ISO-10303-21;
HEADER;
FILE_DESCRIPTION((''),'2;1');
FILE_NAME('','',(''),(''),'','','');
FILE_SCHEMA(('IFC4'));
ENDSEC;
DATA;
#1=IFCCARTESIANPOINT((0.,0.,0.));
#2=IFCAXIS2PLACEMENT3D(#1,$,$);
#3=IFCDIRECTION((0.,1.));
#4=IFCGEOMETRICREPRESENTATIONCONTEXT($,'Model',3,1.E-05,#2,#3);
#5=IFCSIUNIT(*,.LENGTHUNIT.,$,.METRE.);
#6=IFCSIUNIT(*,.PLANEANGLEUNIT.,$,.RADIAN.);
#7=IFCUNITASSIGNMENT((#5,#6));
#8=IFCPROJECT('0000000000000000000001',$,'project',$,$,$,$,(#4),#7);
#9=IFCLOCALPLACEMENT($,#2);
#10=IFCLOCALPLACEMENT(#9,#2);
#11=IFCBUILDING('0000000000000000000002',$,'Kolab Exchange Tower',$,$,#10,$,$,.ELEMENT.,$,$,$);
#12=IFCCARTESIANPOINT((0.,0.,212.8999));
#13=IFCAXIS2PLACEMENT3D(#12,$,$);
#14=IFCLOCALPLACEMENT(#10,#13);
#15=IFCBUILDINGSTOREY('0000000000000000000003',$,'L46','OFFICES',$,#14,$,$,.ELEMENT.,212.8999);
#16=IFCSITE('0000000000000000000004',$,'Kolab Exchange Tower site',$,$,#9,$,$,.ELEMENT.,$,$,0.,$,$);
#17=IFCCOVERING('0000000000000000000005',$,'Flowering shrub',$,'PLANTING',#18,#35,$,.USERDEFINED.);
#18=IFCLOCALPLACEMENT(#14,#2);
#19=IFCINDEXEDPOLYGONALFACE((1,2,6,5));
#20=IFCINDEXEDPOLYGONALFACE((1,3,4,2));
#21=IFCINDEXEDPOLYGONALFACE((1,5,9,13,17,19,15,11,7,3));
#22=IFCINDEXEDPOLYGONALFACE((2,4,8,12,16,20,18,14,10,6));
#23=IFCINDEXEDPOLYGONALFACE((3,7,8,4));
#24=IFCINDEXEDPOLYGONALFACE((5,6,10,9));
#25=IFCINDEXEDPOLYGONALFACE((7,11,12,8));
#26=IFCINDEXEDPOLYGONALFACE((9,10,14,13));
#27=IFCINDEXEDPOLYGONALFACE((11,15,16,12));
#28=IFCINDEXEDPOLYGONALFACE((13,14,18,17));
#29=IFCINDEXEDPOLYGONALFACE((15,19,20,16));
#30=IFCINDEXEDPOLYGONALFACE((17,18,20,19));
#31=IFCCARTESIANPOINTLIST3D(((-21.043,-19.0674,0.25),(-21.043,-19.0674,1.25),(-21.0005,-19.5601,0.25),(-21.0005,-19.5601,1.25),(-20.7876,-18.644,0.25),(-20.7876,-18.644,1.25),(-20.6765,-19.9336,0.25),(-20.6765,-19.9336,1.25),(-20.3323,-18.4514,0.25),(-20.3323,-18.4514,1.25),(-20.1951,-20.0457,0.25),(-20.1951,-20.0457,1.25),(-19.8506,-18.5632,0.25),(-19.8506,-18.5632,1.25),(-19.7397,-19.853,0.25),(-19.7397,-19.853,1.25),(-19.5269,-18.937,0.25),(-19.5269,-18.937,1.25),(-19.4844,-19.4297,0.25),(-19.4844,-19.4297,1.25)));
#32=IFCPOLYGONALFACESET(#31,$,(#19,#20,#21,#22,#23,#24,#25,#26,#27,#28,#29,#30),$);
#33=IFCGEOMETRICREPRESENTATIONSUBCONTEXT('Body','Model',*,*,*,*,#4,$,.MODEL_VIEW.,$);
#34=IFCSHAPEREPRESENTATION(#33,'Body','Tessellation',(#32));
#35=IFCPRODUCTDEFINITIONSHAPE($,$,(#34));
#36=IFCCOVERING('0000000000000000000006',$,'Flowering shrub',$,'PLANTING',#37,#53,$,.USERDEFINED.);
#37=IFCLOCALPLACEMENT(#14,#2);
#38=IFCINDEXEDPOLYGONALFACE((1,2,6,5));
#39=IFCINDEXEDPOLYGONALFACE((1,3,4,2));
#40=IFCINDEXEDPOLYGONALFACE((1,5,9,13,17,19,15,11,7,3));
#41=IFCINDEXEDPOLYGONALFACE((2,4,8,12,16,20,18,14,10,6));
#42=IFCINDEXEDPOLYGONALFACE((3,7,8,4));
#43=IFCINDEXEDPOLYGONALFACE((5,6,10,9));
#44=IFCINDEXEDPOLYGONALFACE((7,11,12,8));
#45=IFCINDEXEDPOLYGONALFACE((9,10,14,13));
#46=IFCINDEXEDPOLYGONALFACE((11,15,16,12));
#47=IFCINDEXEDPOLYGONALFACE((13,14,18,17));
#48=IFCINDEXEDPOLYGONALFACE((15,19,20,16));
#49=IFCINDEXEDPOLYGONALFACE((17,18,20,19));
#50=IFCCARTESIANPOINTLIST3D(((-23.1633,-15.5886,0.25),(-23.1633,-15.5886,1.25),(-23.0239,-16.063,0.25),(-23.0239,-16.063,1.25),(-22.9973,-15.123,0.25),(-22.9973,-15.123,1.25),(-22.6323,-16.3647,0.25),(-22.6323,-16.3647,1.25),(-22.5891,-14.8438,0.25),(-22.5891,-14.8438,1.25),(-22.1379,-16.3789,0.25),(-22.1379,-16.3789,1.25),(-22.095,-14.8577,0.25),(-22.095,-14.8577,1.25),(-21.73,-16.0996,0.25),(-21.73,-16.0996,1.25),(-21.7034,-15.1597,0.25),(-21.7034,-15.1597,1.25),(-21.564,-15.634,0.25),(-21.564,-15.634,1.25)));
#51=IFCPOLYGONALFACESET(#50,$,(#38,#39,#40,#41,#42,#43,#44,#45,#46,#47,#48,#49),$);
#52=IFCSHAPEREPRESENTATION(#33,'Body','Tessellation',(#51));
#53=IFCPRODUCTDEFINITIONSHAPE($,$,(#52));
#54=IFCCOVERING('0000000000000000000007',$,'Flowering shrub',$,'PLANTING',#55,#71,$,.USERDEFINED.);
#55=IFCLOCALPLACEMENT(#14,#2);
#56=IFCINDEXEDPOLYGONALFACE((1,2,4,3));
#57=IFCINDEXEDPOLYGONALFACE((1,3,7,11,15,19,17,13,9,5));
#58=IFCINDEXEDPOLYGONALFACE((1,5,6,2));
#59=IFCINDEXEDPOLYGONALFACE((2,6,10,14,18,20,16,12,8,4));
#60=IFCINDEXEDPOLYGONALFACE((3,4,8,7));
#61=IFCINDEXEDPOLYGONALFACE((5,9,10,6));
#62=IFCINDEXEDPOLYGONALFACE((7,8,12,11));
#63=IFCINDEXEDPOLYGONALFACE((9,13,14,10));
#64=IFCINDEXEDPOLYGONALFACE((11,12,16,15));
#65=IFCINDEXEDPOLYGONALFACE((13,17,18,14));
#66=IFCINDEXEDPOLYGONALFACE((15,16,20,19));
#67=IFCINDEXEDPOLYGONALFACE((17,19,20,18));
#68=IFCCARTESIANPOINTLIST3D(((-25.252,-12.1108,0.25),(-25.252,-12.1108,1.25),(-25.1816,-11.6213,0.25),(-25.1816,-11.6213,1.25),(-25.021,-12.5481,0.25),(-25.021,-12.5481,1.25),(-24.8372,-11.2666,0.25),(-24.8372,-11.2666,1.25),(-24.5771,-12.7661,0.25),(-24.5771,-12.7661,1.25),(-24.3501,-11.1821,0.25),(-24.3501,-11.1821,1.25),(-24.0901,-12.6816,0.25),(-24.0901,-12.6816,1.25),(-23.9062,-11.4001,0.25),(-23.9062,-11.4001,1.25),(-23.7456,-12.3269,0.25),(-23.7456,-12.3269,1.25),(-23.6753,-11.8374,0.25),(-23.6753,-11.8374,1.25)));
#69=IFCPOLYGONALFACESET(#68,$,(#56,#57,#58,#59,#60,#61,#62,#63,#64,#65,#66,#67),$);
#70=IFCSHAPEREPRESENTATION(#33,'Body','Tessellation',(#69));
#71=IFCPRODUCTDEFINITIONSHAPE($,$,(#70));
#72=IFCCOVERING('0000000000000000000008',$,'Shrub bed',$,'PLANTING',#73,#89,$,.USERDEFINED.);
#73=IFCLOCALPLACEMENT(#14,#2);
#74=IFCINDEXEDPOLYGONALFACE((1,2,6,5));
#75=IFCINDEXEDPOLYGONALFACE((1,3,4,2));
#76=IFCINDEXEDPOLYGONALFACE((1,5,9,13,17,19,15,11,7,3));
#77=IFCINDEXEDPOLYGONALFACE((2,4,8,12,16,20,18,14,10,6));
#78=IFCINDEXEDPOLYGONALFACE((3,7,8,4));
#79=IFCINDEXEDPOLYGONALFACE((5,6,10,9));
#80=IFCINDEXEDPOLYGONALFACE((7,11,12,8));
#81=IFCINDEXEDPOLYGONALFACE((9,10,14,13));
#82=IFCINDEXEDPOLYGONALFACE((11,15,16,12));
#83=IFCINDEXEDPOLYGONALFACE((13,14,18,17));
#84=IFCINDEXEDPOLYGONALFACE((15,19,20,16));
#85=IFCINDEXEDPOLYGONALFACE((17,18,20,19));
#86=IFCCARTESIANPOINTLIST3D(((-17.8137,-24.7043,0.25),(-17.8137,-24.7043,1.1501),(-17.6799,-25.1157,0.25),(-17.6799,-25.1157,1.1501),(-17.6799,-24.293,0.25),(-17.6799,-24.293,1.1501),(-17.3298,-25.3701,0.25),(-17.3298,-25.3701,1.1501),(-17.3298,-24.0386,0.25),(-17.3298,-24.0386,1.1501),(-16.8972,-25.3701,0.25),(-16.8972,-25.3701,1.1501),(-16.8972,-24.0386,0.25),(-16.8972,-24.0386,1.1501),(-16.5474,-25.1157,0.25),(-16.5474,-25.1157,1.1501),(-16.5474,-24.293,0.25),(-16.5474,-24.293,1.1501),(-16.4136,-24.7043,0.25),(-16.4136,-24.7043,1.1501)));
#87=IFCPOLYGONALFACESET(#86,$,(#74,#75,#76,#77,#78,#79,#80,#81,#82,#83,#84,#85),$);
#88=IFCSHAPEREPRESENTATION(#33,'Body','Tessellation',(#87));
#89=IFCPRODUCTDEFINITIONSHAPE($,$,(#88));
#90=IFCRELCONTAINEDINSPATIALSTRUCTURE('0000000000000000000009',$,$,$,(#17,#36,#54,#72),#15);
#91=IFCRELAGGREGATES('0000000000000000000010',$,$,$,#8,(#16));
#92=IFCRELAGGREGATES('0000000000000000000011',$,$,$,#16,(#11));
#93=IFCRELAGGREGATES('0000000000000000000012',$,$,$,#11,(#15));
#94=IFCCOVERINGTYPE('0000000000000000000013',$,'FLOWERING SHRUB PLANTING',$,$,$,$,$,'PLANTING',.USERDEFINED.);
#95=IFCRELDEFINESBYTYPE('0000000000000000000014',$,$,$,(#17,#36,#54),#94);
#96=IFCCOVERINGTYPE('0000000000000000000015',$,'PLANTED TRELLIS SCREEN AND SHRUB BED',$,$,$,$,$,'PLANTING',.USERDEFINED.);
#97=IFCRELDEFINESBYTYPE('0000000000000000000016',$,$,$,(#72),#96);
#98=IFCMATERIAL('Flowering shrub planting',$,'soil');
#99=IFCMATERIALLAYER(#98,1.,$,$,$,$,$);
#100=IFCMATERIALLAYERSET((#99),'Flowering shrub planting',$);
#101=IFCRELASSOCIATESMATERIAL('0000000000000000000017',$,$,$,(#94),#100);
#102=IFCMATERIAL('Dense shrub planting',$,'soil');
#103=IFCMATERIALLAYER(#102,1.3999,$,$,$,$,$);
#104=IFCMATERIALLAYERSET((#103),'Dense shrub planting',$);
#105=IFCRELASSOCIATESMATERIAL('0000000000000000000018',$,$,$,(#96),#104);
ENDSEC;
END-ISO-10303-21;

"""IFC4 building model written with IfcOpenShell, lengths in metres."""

from ifc_helpers import new_model, si_unit, direction, frame, origin, place, context, subcontext, project, spatial, polyline, outline, extrude, material, layer, layer_set, type_object, element, save


model = new_model("IFC4")

# Units and contexts
model_context = context("Model", 3, precision=1e-05, world=origin(), true_north=direction((0.0, 1.0)))
body_context = subcontext(model_context, "Body", "Model", "MODEL_VIEW")
ifc_project = project(units=[si_unit("LENGTHUNIT", "METRE"), si_unit("PLANEANGLEUNIT", "RADIAN")], contexts=[model_context])

# Site, building, storey
site_placement = place(None, origin())
site = spatial("IfcSite", under=ifc_project, at=site_placement, Name="Kolab Exchange Tower site", CompositionType="ELEMENT", RefElevation=0.0)
building_placement = place(site_placement, origin())
building = spatial("IfcBuilding", under=site, at=building_placement, Name="Kolab Exchange Tower", CompositionType="ELEMENT")
storey_placement = place(building_placement, frame((0.0, 0.0, 212.8999)))
storey = spatial("IfcBuildingStorey", under=building, at=storey_placement, Name="L46", Description="OFFICES", CompositionType="ELEMENT", Elevation=212.8999)

# Coverings
ifc_material_1 = material(Name="Flowering shrub planting", Category="soil")
ifc_layer_1 = layer(ifc_material_1, 1.0)
ifc_layer_set_1 = layer_set([ifc_layer_1], Name="Flowering shrub planting")
covering_type_1 = type_object("IfcCoveringType", Name="FLOWERING SHRUB PLANTING", ElementType="PLANTING", PredefinedType="USERDEFINED", material=ifc_layer_set_1)
covering_1_placement = place(storey_placement, frame((0.0, 0.0, 0.25)))
element("IfcCovering", 1, at=covering_1_placement, inside=storey, type_object=covering_type_1, Name="Flowering shrub", ObjectType="PLANTING", PredefinedType="USERDEFINED", context=body_context, shape_type="SweptSolid", body=[
    extrude(outline(polyline([(-19.5269, -18.937), (-19.8506, -18.5632), (-20.3323, -18.4514), (-20.7876, -18.644), (-21.043, -19.0674), (-21.0005, -19.5601), (-20.6765, -19.9336), (-20.1951, -20.0457), (-19.7397, -19.853), (-19.4844, -19.4297), (-19.5269, -18.937)])), origin(), (0.0, 0.0, 1.0), 1.0),
])
covering_2_placement = place(storey_placement, frame((0.0, 0.0, 0.25)))
element("IfcCovering", 2, at=covering_2_placement, inside=storey, type_object=covering_type_1, Name="Flowering shrub", ObjectType="PLANTING", PredefinedType="USERDEFINED", context=body_context, shape_type="SweptSolid", body=[
    extrude(outline(polyline([(-21.7034, -15.1597), (-22.095, -14.8577), (-22.5891, -14.8438), (-22.9973, -15.123), (-23.1633, -15.5886), (-23.0239, -16.063), (-22.6323, -16.3647), (-22.1379, -16.3789), (-21.73, -16.0996), (-21.564, -15.634), (-21.7034, -15.1597)])), origin(), (0.0, 0.0, 1.0), 1.0),
])
covering_3_placement = place(storey_placement, frame((0.0, 0.0, 0.25)))
element("IfcCovering", 3, at=covering_3_placement, inside=storey, type_object=covering_type_1, Name="Flowering shrub", ObjectType="PLANTING", PredefinedType="USERDEFINED", context=body_context, shape_type="SweptSolid", body=[
    extrude(outline(polyline([(-23.9062, -11.4001), (-24.3501, -11.1821), (-24.8372, -11.2666), (-25.1816, -11.6213), (-25.252, -12.1108), (-25.021, -12.5481), (-24.5771, -12.7661), (-24.0901, -12.6816), (-23.7456, -12.3269), (-23.6753, -11.8374), (-23.9062, -11.4001)])), origin(), (0.0, 0.0, 1.0), 1.0),
])
ifc_material_2 = material(Name="Dense shrub planting", Category="soil")
ifc_layer_2 = layer(ifc_material_2, 1.3999)
ifc_layer_set_2 = layer_set([ifc_layer_2], Name="Dense shrub planting")
covering_type_2 = type_object("IfcCoveringType", Name="PLANTED TRELLIS SCREEN AND SHRUB BED", ElementType="PLANTING", PredefinedType="USERDEFINED", material=ifc_layer_set_2)
covering_4_placement = place(storey_placement, frame((0.0, 0.0, 0.25)))
element("IfcCovering", 4, at=covering_4_placement, inside=storey, type_object=covering_type_2, Name="Shrub bed", ObjectType="PLANTING", PredefinedType="USERDEFINED", context=body_context, shape_type="SweptSolid", body=[
    extrude(outline(polyline([(-16.4136, -24.7043), (-16.5474, -24.293), (-16.8972, -24.0386), (-17.3298, -24.0386), (-17.6799, -24.293), (-17.8137, -24.7043), (-17.6799, -25.1157), (-17.3298, -25.3701), (-16.8972, -25.3701), (-16.5474, -25.1157), (-16.4136, -24.7043)])), origin(), (0.0, 0.0, 1.0), 0.9001),
])

save(model, "model.ifc")
